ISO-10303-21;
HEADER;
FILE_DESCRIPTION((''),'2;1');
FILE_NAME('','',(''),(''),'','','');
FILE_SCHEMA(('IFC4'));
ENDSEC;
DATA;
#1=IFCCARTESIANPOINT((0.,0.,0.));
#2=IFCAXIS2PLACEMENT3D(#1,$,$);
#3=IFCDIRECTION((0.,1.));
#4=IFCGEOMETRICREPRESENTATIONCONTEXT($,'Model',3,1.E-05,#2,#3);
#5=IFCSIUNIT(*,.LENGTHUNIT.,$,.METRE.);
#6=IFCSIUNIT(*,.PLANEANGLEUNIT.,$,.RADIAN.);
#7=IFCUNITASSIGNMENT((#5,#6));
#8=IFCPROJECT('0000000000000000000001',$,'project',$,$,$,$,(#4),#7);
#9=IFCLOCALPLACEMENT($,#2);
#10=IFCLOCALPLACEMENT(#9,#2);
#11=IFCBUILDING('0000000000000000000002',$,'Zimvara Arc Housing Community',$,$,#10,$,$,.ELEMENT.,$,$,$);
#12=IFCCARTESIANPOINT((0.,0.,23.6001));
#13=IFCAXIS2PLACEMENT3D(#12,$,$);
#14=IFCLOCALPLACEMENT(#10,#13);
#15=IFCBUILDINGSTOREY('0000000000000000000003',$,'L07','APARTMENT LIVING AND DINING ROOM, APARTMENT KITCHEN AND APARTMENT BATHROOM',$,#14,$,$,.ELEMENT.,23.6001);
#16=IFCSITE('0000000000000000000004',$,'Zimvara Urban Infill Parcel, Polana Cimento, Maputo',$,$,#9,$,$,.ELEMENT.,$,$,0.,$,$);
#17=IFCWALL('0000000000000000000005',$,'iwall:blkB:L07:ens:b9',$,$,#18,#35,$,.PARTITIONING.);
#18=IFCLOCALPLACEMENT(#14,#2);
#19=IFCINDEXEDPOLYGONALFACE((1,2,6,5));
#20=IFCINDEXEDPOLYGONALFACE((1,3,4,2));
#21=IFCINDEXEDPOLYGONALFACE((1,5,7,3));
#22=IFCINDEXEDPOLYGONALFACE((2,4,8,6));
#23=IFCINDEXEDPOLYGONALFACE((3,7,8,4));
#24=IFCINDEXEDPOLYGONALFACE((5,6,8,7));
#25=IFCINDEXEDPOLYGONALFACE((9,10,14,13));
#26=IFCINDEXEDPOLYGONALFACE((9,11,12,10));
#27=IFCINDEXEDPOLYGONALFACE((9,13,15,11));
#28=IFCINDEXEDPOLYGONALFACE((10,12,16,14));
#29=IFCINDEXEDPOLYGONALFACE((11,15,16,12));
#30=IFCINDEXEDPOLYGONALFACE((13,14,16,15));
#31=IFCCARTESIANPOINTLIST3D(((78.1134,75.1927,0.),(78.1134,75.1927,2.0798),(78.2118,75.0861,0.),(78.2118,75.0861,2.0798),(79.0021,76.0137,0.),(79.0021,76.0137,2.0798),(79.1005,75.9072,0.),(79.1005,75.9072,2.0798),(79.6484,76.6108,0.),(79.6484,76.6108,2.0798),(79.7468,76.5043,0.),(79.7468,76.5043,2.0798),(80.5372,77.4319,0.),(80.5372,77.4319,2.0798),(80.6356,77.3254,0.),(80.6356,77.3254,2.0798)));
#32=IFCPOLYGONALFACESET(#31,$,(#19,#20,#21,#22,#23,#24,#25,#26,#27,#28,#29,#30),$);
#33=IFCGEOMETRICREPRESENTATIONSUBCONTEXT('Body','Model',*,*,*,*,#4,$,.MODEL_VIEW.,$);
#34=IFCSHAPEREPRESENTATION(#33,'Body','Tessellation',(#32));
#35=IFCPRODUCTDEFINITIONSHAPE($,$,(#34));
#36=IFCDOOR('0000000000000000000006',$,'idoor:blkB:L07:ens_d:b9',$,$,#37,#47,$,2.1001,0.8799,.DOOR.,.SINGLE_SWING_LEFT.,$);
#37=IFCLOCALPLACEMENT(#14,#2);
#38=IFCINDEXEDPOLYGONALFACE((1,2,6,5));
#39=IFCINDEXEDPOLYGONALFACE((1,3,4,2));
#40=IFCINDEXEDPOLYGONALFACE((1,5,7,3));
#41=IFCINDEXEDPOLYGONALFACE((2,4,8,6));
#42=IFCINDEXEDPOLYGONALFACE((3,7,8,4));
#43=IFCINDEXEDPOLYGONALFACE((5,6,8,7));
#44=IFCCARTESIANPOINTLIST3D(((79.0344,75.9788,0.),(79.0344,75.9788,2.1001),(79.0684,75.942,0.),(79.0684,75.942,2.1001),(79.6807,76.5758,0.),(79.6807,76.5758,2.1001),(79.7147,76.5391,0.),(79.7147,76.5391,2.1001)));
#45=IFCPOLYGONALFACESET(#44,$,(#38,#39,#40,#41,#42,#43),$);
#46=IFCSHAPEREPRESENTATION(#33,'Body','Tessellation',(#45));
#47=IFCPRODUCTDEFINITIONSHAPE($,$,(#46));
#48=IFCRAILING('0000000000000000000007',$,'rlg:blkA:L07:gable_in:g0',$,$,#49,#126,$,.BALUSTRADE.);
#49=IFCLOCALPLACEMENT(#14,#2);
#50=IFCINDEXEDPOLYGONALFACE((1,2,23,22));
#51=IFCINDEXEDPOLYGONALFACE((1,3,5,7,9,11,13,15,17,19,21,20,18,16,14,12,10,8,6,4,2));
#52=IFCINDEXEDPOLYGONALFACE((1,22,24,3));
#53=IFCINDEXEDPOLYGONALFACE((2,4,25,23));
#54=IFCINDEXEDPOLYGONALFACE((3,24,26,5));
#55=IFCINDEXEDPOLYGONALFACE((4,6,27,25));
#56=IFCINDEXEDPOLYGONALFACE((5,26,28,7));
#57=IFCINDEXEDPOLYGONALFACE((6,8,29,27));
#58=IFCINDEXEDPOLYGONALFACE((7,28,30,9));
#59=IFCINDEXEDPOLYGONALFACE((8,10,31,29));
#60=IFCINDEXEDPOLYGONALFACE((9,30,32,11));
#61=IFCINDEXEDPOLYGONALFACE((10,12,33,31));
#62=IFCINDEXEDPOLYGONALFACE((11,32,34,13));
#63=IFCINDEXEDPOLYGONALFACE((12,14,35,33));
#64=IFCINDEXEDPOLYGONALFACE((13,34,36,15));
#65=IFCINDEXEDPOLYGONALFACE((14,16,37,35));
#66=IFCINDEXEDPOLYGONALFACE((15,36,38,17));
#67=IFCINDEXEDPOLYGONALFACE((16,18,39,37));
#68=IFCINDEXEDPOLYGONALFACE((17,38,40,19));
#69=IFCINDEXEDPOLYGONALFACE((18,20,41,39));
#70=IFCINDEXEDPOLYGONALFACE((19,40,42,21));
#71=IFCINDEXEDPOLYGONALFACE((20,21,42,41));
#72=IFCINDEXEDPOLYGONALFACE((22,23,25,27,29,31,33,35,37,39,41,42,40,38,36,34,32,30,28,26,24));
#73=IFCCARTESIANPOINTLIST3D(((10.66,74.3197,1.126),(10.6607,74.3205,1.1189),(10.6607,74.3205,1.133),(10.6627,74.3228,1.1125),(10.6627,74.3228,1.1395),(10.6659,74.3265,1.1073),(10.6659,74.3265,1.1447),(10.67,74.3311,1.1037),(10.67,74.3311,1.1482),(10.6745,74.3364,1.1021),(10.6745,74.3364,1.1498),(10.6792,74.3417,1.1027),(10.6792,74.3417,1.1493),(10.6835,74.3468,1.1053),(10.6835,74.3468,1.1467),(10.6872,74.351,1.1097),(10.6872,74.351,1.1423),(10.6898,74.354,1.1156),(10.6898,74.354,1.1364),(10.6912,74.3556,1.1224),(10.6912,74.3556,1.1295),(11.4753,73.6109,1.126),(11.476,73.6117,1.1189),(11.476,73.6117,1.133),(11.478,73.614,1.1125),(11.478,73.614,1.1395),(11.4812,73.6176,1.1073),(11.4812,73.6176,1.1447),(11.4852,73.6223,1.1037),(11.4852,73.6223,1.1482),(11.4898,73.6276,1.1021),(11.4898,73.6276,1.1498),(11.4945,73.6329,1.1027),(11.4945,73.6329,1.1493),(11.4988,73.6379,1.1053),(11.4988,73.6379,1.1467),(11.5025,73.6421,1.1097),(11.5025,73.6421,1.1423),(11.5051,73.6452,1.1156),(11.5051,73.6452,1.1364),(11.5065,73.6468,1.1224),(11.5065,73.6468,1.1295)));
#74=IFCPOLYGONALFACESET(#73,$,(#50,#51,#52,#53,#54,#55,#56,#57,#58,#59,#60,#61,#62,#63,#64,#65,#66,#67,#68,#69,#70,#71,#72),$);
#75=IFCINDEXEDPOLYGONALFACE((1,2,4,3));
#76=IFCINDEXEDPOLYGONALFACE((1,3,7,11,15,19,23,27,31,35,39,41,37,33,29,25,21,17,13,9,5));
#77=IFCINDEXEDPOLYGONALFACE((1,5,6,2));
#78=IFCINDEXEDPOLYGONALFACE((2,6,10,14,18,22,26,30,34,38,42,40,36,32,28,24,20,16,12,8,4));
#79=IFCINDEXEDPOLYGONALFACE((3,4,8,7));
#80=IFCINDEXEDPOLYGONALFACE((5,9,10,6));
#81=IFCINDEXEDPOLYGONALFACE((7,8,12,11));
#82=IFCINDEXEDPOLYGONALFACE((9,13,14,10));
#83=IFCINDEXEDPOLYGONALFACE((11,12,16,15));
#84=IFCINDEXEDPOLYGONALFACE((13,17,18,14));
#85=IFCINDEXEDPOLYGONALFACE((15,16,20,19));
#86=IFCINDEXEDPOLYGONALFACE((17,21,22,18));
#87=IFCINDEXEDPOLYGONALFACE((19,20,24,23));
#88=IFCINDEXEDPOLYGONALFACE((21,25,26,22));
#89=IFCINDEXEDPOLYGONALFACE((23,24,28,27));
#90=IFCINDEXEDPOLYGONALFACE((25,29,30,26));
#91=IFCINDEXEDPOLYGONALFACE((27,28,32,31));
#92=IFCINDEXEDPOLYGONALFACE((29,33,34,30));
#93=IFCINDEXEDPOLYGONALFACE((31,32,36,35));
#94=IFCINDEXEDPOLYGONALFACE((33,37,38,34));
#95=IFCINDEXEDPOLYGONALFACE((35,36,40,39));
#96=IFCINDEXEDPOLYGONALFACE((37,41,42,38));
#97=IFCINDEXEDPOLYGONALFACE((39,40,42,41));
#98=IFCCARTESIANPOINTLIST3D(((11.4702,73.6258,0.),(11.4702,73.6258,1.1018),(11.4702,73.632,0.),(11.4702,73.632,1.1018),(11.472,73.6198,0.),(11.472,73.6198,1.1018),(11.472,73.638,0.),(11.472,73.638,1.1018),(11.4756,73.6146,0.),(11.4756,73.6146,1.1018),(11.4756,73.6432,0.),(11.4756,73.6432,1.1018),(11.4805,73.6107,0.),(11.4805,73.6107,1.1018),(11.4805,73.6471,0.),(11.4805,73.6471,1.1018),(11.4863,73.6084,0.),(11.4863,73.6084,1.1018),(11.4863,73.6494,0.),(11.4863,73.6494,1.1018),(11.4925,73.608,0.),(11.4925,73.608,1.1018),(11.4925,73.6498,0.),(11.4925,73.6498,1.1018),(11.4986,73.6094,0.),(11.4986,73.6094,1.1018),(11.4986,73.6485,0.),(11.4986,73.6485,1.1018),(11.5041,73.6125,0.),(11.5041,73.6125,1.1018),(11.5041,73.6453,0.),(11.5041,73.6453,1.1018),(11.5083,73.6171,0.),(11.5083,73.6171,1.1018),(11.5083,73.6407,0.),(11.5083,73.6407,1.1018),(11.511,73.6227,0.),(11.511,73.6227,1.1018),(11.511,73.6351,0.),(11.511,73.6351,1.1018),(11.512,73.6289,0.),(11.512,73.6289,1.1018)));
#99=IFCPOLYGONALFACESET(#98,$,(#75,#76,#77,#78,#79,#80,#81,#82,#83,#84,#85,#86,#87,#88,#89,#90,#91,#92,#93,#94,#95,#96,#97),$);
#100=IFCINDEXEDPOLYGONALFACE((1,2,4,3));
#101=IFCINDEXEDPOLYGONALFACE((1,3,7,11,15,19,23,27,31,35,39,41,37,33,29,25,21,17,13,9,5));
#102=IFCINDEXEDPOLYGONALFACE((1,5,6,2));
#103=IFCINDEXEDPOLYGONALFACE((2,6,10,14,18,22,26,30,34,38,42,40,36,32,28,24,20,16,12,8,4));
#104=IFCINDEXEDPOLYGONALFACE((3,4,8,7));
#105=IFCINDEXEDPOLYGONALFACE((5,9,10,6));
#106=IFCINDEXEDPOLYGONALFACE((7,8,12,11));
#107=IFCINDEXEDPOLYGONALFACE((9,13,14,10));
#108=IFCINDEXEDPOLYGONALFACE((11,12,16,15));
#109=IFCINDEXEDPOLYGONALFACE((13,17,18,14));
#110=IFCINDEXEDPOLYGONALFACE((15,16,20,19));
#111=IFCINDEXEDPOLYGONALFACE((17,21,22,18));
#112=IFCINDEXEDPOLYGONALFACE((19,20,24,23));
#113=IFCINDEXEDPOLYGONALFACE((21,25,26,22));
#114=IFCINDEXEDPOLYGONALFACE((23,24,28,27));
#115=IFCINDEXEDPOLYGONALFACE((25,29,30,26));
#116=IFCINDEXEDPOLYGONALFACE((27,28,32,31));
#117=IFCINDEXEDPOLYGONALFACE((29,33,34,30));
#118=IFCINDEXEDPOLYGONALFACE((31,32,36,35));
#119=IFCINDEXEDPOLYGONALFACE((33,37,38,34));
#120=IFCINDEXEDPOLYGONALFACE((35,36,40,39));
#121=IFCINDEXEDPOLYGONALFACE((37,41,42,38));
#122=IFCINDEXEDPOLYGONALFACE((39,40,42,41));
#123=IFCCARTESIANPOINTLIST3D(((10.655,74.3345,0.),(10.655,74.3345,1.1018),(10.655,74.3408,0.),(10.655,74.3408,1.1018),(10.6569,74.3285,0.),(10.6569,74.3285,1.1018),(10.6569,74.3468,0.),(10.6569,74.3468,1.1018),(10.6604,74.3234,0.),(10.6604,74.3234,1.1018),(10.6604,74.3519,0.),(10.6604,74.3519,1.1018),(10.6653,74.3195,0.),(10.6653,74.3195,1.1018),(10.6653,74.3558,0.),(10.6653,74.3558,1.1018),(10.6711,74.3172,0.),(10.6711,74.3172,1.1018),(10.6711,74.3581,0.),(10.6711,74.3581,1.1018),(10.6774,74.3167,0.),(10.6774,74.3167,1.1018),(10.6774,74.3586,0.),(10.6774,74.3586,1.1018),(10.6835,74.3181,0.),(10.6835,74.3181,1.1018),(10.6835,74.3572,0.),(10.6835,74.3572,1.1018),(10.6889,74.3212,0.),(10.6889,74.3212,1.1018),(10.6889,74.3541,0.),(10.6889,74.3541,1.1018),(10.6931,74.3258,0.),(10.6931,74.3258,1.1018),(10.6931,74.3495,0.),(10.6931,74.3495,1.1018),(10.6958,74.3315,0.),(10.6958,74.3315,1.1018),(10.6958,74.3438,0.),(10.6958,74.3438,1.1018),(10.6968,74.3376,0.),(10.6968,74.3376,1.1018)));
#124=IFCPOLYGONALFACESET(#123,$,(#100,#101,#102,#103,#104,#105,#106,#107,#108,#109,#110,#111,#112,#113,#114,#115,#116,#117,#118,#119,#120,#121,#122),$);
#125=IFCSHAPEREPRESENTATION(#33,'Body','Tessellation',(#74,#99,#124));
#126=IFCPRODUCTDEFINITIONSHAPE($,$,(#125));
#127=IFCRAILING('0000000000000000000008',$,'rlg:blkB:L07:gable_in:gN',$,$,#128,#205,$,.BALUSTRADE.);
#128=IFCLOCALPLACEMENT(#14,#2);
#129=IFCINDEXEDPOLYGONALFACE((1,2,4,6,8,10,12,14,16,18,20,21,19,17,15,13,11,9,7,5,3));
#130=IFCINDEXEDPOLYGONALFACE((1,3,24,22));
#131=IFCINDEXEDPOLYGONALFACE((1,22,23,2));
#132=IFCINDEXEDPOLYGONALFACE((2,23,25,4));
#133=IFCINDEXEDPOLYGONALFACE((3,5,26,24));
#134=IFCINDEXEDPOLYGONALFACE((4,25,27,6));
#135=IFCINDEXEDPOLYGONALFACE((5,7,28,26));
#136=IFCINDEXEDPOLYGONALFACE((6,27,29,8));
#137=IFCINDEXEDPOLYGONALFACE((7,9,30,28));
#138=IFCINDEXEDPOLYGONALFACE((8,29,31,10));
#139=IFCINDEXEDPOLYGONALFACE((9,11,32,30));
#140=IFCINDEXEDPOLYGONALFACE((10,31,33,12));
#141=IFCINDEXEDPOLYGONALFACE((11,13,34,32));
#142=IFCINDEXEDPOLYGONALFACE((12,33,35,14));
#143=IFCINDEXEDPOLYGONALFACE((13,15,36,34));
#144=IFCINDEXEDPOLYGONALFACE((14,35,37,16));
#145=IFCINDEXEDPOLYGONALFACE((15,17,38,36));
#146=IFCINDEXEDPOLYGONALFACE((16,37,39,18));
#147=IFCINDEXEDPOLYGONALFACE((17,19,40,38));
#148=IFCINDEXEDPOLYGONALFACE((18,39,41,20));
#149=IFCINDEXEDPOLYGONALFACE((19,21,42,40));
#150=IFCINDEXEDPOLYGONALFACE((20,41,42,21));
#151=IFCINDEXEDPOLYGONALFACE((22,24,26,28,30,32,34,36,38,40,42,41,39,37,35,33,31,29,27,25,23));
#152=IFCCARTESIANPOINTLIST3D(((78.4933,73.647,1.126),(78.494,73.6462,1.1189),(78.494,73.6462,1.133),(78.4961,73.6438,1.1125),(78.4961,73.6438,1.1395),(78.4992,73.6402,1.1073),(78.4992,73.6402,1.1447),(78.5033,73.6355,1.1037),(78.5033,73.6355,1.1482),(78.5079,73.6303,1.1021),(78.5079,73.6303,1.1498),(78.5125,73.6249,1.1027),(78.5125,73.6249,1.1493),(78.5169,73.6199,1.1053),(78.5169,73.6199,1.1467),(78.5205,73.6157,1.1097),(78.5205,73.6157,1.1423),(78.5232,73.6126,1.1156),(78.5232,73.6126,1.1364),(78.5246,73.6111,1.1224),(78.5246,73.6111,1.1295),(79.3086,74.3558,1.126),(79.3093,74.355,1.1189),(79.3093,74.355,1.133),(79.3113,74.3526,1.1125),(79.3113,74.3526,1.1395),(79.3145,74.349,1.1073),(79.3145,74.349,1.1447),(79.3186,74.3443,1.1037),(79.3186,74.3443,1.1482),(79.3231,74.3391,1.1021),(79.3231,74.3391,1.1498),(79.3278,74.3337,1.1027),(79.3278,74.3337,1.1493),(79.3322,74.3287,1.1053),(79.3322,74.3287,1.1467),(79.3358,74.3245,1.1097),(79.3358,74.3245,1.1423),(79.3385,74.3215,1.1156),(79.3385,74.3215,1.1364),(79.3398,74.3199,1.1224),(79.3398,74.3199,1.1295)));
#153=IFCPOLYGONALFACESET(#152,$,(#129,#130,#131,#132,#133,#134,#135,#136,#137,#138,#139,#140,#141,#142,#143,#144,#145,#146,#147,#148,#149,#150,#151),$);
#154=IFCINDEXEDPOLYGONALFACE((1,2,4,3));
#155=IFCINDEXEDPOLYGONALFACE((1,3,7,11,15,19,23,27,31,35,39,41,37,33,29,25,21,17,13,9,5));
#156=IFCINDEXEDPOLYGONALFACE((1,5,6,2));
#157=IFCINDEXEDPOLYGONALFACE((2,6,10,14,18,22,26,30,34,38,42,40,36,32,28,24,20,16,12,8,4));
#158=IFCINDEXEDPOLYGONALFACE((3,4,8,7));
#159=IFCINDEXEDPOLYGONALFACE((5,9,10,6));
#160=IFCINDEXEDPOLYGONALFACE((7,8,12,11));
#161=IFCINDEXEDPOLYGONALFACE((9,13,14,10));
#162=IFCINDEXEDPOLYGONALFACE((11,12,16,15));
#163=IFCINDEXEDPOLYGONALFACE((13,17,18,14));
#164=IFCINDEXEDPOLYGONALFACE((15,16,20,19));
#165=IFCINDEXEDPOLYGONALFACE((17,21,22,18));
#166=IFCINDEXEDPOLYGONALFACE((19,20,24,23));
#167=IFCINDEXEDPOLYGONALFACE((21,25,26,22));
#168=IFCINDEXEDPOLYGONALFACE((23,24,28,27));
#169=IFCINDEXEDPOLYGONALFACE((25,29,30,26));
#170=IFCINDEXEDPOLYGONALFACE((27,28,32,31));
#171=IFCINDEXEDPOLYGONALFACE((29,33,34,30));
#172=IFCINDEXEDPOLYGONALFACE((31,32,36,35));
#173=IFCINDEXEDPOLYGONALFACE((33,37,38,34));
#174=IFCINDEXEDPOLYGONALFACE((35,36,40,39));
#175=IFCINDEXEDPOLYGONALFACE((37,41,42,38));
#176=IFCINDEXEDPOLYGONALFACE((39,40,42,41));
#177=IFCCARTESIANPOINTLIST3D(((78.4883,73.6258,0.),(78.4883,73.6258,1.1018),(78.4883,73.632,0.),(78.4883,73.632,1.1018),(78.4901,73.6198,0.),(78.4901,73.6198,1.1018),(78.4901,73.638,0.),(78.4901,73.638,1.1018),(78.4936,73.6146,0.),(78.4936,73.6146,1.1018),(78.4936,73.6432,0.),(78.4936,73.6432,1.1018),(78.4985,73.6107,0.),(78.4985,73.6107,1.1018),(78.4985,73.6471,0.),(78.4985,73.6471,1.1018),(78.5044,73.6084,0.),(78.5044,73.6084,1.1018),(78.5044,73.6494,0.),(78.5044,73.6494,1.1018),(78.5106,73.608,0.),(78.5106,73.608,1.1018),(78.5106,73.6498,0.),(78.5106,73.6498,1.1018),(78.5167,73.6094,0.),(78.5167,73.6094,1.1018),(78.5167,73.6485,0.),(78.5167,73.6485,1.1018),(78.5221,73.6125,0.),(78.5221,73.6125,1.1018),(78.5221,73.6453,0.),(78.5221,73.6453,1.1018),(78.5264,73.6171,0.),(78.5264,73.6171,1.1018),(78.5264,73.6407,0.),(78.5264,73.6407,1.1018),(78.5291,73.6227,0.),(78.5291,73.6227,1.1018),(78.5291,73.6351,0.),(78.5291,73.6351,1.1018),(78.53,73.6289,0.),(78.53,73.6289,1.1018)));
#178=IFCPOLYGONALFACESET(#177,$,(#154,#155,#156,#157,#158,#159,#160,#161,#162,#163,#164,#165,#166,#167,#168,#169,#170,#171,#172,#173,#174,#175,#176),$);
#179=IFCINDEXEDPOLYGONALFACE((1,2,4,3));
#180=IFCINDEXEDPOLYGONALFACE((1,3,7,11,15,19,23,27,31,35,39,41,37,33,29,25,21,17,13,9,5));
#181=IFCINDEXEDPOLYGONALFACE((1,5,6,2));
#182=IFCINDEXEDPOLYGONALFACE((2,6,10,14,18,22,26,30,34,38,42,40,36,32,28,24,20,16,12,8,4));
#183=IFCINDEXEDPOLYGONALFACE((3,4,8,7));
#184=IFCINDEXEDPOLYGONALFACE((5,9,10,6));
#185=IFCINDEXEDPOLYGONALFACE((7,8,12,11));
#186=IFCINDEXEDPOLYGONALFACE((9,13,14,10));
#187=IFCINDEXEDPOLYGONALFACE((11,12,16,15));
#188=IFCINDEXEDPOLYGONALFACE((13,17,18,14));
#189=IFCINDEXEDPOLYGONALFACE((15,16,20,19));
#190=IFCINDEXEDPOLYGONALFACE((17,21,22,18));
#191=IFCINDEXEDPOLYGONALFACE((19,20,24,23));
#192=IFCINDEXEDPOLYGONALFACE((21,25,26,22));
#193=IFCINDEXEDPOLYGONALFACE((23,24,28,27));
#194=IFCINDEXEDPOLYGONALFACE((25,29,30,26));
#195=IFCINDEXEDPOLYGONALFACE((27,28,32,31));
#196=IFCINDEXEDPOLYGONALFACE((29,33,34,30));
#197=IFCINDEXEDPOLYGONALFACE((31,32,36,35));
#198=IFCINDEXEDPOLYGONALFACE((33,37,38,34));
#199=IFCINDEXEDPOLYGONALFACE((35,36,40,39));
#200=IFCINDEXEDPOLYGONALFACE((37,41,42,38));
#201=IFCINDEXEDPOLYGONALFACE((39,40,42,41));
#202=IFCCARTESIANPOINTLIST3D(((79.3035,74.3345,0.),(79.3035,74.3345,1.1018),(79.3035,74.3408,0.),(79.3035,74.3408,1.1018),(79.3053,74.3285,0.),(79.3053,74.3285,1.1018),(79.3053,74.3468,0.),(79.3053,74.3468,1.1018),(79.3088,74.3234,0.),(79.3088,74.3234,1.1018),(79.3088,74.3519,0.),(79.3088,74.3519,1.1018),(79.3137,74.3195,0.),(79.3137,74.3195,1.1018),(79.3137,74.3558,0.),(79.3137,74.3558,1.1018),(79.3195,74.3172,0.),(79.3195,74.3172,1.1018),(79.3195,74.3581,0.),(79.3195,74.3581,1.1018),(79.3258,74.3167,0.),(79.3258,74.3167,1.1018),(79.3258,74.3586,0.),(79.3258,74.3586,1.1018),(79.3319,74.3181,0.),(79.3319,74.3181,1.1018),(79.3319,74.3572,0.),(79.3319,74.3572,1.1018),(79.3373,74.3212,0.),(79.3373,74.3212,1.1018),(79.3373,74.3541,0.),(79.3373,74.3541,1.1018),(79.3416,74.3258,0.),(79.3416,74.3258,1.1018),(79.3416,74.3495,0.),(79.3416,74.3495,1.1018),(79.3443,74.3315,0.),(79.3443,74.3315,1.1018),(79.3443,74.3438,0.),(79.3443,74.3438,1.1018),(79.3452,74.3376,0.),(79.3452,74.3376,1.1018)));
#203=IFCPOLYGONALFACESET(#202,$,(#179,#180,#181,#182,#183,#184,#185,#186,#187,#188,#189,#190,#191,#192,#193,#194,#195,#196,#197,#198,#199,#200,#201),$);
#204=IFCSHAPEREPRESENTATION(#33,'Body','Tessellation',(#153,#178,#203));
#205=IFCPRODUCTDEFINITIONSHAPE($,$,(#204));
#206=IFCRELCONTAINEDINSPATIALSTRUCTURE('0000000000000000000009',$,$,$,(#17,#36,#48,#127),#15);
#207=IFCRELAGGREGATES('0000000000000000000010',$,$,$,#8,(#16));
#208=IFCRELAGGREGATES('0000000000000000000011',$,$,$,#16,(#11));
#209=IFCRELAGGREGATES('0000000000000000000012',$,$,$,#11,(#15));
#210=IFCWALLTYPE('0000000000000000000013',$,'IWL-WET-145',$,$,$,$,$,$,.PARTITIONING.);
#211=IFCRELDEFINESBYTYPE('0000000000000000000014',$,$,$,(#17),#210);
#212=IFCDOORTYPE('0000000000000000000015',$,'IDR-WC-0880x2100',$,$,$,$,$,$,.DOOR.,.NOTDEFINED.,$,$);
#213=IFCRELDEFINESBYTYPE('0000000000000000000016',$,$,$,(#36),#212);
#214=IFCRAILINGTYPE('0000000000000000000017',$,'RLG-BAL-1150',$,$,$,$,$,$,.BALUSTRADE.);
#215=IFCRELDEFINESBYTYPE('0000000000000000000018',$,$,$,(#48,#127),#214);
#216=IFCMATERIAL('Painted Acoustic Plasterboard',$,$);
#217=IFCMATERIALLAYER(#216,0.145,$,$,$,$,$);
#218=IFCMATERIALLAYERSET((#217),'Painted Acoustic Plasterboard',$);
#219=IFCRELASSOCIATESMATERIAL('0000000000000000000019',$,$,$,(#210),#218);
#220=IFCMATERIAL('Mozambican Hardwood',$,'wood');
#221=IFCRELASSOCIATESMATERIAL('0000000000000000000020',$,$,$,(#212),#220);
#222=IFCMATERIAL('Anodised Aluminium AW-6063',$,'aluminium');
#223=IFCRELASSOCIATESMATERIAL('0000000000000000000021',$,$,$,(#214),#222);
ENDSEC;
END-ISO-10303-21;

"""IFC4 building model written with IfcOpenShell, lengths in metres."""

from ifc_helpers import new_model, si_unit, direction, frame, frame_2d, origin, origin_2d, place, context, subcontext, project, spatial, rectangle, circle, extrude, material, layer, layer_set, type_object, element, fill, save


model = new_model("IFC4")

# Units and contexts
model_context = context("Model", 3, precision=1e-05, world=origin(), true_north=direction((0.0, 1.0)))
body_context = subcontext(model_context, "Body", "Model", "MODEL_VIEW")
ifc_project = project(units=[si_unit("LENGTHUNIT", "METRE"), si_unit("PLANEANGLEUNIT", "RADIAN")], contexts=[model_context])

# Site, building, storey
site_placement = place(None, origin())
site = spatial("IfcSite", under=ifc_project, at=site_placement, Name="Zimvara Urban Infill Parcel, Polana Cimento, Maputo", CompositionType="ELEMENT", RefElevation=0.0)
building_placement = place(site_placement, origin())
building = spatial("IfcBuilding", under=site, at=building_placement, Name="Zimvara Arc Housing Community", CompositionType="ELEMENT")
storey_placement = place(building_placement, frame((0.0, 0.0, 23.6001)))
storey = spatial("IfcBuildingStorey", under=building, at=storey_placement, Name="L07", Description="APARTMENT LIVING AND DINING ROOM, APARTMENT KITCHEN AND APARTMENT BATHROOM", CompositionType="ELEMENT", Elevation=23.6001)

# Wall, opening, door
ifc_material_1 = material(Name="Painted Acoustic Plasterboard")
ifc_layer_1 = layer(ifc_material_1, 0.145)
ifc_layer_set_1 = layer_set([ifc_layer_1], Name="Painted Acoustic Plasterboard")
wall_type_1 = type_object("IfcWallType", Name="IWL-WET-145", PredefinedType="PARTITIONING", material=ifc_layer_set_1)
wall_1_placement = place(storey_placement, frame((78.1626, 75.1394, 0.0), z_axis=(0.0, 0.0, 1.0), x_axis=(0.73452, 0.678587, 0.0)))
wall_1 = element("IfcWall", 1, at=wall_1_placement, inside=storey, type_object=wall_type_1, Name="iwall:blkB:L07:ens:b9", PredefinedType="PARTITIONING", context=body_context, shape_type="SweptSolid", body=[
    extrude(rectangle(XDim=3.2998, YDim=0.145, at=frame_2d((1.6499, 0.0))), origin(), (0.0, 0.0, 1.0), 2.0798),
])
opening_1_placement = place(wall_1_placement, frame((1.21, 0.0, 0.0)))
opening_1 = element("IfcOpeningElement", 2, at=opening_1_placement, cuts=wall_1, PredefinedType="OPENING", context=body_context, shape_type="SweptSolid", body=[
    extrude(rectangle(XDim=0.8799, YDim=2.1001, at=frame_2d((0.4399, 1.05))), frame((0.0, 0.0825, 0.0), z_axis=(0.0, -1.0, 0.0), x_axis=(1.0, 0.0, 0.0)), (0.0, 0.0, 1.0), 0.165),
])
ifc_material_2 = material(Name="Mozambican Hardwood", Category="wood")
door_type = type_object("IfcDoorType", Name="IDR-WC-0880x2100", OperationType="NOTDEFINED", PredefinedType="DOOR", material=ifc_material_2)
door_placement = place(opening_1_placement, origin())
door = element("IfcDoor", 3, at=door_placement, inside=storey, type_object=door_type, Name="idoor:blkB:L07:ens_d:b9", OperationType="SINGLE_SWING_LEFT", OverallHeight=2.1001, OverallWidth=0.8799, PredefinedType="DOOR", context=body_context, shape_type="SweptSolid", body=[
    extrude(rectangle(XDim=0.8799, YDim=2.1001, at=frame_2d((0.4399, 1.05))), frame((0.0, 0.0249, 0.0), z_axis=(0.0, -1.0, 0.0), x_axis=(1.0, 0.0, 0.0)), (0.0, 0.0, 1.0), 0.05),
])
fill(opening_1, door)

# Railings
ifc_material_3 = material(Name="Anodised Aluminium AW-6063", Category="aluminium")
railing_type = type_object("IfcRailingType", Name="RLG-BAL-1150", PredefinedType="BALUSTRADE", material=ifc_material_3)
railing_1_placement = place(storey_placement, frame((11.491, 73.6289, 0.0)))
element("IfcRailing", 4, at=railing_1_placement, inside=storey, type_object=railing_type, Name="rlg:blkA:L07:gable_in:g0", PredefinedType="BALUSTRADE", context=body_context, shape_type="SweptSolid", body=[
    extrude(circle(Radius=0.0239, at=origin_2d()), frame((0.0, 0.0, 1.126), z_axis=(-0.754659, 0.656117, 0.0), x_axis=(-0.656117, -0.754659, 0.0)), (0.0, 0.0, 1.0), 1.0803),
    extrude(circle(Radius=0.021, at=origin_2d()), origin(), (0.0, 0.0, 1.0), 1.1018),
    extrude(circle(Radius=0.021, at=origin_2d()), frame((-0.8152, 0.7087, 0.0)), (0.0, 0.0, 1.0), 1.1018),
])
railing_2_placement = place(storey_placement, frame((78.509, 73.6289, 0.0)))
element("IfcRailing", 5, at=railing_2_placement, inside=storey, type_object=railing_type, Name="rlg:blkB:L07:gable_in:gN", PredefinedType="BALUSTRADE", context=body_context, shape_type="SweptSolid", body=[
    extrude(circle(Radius=0.0239, at=origin_2d()), frame((0.0, 0.0, 1.126), z_axis=(0.754659, 0.656117, 0.0), x_axis=(-0.656117, 0.754659, 0.0)), (0.0, 0.0, 1.0), 1.0803),
    extrude(circle(Radius=0.021, at=origin_2d()), origin(), (0.0, 0.0, 1.0), 1.1018),
    extrude(circle(Radius=0.021, at=origin_2d()), frame((0.8152, 0.7087, 0.0)), (0.0, 0.0, 1.0), 1.1018),
])

save(model, "model.ifc")
